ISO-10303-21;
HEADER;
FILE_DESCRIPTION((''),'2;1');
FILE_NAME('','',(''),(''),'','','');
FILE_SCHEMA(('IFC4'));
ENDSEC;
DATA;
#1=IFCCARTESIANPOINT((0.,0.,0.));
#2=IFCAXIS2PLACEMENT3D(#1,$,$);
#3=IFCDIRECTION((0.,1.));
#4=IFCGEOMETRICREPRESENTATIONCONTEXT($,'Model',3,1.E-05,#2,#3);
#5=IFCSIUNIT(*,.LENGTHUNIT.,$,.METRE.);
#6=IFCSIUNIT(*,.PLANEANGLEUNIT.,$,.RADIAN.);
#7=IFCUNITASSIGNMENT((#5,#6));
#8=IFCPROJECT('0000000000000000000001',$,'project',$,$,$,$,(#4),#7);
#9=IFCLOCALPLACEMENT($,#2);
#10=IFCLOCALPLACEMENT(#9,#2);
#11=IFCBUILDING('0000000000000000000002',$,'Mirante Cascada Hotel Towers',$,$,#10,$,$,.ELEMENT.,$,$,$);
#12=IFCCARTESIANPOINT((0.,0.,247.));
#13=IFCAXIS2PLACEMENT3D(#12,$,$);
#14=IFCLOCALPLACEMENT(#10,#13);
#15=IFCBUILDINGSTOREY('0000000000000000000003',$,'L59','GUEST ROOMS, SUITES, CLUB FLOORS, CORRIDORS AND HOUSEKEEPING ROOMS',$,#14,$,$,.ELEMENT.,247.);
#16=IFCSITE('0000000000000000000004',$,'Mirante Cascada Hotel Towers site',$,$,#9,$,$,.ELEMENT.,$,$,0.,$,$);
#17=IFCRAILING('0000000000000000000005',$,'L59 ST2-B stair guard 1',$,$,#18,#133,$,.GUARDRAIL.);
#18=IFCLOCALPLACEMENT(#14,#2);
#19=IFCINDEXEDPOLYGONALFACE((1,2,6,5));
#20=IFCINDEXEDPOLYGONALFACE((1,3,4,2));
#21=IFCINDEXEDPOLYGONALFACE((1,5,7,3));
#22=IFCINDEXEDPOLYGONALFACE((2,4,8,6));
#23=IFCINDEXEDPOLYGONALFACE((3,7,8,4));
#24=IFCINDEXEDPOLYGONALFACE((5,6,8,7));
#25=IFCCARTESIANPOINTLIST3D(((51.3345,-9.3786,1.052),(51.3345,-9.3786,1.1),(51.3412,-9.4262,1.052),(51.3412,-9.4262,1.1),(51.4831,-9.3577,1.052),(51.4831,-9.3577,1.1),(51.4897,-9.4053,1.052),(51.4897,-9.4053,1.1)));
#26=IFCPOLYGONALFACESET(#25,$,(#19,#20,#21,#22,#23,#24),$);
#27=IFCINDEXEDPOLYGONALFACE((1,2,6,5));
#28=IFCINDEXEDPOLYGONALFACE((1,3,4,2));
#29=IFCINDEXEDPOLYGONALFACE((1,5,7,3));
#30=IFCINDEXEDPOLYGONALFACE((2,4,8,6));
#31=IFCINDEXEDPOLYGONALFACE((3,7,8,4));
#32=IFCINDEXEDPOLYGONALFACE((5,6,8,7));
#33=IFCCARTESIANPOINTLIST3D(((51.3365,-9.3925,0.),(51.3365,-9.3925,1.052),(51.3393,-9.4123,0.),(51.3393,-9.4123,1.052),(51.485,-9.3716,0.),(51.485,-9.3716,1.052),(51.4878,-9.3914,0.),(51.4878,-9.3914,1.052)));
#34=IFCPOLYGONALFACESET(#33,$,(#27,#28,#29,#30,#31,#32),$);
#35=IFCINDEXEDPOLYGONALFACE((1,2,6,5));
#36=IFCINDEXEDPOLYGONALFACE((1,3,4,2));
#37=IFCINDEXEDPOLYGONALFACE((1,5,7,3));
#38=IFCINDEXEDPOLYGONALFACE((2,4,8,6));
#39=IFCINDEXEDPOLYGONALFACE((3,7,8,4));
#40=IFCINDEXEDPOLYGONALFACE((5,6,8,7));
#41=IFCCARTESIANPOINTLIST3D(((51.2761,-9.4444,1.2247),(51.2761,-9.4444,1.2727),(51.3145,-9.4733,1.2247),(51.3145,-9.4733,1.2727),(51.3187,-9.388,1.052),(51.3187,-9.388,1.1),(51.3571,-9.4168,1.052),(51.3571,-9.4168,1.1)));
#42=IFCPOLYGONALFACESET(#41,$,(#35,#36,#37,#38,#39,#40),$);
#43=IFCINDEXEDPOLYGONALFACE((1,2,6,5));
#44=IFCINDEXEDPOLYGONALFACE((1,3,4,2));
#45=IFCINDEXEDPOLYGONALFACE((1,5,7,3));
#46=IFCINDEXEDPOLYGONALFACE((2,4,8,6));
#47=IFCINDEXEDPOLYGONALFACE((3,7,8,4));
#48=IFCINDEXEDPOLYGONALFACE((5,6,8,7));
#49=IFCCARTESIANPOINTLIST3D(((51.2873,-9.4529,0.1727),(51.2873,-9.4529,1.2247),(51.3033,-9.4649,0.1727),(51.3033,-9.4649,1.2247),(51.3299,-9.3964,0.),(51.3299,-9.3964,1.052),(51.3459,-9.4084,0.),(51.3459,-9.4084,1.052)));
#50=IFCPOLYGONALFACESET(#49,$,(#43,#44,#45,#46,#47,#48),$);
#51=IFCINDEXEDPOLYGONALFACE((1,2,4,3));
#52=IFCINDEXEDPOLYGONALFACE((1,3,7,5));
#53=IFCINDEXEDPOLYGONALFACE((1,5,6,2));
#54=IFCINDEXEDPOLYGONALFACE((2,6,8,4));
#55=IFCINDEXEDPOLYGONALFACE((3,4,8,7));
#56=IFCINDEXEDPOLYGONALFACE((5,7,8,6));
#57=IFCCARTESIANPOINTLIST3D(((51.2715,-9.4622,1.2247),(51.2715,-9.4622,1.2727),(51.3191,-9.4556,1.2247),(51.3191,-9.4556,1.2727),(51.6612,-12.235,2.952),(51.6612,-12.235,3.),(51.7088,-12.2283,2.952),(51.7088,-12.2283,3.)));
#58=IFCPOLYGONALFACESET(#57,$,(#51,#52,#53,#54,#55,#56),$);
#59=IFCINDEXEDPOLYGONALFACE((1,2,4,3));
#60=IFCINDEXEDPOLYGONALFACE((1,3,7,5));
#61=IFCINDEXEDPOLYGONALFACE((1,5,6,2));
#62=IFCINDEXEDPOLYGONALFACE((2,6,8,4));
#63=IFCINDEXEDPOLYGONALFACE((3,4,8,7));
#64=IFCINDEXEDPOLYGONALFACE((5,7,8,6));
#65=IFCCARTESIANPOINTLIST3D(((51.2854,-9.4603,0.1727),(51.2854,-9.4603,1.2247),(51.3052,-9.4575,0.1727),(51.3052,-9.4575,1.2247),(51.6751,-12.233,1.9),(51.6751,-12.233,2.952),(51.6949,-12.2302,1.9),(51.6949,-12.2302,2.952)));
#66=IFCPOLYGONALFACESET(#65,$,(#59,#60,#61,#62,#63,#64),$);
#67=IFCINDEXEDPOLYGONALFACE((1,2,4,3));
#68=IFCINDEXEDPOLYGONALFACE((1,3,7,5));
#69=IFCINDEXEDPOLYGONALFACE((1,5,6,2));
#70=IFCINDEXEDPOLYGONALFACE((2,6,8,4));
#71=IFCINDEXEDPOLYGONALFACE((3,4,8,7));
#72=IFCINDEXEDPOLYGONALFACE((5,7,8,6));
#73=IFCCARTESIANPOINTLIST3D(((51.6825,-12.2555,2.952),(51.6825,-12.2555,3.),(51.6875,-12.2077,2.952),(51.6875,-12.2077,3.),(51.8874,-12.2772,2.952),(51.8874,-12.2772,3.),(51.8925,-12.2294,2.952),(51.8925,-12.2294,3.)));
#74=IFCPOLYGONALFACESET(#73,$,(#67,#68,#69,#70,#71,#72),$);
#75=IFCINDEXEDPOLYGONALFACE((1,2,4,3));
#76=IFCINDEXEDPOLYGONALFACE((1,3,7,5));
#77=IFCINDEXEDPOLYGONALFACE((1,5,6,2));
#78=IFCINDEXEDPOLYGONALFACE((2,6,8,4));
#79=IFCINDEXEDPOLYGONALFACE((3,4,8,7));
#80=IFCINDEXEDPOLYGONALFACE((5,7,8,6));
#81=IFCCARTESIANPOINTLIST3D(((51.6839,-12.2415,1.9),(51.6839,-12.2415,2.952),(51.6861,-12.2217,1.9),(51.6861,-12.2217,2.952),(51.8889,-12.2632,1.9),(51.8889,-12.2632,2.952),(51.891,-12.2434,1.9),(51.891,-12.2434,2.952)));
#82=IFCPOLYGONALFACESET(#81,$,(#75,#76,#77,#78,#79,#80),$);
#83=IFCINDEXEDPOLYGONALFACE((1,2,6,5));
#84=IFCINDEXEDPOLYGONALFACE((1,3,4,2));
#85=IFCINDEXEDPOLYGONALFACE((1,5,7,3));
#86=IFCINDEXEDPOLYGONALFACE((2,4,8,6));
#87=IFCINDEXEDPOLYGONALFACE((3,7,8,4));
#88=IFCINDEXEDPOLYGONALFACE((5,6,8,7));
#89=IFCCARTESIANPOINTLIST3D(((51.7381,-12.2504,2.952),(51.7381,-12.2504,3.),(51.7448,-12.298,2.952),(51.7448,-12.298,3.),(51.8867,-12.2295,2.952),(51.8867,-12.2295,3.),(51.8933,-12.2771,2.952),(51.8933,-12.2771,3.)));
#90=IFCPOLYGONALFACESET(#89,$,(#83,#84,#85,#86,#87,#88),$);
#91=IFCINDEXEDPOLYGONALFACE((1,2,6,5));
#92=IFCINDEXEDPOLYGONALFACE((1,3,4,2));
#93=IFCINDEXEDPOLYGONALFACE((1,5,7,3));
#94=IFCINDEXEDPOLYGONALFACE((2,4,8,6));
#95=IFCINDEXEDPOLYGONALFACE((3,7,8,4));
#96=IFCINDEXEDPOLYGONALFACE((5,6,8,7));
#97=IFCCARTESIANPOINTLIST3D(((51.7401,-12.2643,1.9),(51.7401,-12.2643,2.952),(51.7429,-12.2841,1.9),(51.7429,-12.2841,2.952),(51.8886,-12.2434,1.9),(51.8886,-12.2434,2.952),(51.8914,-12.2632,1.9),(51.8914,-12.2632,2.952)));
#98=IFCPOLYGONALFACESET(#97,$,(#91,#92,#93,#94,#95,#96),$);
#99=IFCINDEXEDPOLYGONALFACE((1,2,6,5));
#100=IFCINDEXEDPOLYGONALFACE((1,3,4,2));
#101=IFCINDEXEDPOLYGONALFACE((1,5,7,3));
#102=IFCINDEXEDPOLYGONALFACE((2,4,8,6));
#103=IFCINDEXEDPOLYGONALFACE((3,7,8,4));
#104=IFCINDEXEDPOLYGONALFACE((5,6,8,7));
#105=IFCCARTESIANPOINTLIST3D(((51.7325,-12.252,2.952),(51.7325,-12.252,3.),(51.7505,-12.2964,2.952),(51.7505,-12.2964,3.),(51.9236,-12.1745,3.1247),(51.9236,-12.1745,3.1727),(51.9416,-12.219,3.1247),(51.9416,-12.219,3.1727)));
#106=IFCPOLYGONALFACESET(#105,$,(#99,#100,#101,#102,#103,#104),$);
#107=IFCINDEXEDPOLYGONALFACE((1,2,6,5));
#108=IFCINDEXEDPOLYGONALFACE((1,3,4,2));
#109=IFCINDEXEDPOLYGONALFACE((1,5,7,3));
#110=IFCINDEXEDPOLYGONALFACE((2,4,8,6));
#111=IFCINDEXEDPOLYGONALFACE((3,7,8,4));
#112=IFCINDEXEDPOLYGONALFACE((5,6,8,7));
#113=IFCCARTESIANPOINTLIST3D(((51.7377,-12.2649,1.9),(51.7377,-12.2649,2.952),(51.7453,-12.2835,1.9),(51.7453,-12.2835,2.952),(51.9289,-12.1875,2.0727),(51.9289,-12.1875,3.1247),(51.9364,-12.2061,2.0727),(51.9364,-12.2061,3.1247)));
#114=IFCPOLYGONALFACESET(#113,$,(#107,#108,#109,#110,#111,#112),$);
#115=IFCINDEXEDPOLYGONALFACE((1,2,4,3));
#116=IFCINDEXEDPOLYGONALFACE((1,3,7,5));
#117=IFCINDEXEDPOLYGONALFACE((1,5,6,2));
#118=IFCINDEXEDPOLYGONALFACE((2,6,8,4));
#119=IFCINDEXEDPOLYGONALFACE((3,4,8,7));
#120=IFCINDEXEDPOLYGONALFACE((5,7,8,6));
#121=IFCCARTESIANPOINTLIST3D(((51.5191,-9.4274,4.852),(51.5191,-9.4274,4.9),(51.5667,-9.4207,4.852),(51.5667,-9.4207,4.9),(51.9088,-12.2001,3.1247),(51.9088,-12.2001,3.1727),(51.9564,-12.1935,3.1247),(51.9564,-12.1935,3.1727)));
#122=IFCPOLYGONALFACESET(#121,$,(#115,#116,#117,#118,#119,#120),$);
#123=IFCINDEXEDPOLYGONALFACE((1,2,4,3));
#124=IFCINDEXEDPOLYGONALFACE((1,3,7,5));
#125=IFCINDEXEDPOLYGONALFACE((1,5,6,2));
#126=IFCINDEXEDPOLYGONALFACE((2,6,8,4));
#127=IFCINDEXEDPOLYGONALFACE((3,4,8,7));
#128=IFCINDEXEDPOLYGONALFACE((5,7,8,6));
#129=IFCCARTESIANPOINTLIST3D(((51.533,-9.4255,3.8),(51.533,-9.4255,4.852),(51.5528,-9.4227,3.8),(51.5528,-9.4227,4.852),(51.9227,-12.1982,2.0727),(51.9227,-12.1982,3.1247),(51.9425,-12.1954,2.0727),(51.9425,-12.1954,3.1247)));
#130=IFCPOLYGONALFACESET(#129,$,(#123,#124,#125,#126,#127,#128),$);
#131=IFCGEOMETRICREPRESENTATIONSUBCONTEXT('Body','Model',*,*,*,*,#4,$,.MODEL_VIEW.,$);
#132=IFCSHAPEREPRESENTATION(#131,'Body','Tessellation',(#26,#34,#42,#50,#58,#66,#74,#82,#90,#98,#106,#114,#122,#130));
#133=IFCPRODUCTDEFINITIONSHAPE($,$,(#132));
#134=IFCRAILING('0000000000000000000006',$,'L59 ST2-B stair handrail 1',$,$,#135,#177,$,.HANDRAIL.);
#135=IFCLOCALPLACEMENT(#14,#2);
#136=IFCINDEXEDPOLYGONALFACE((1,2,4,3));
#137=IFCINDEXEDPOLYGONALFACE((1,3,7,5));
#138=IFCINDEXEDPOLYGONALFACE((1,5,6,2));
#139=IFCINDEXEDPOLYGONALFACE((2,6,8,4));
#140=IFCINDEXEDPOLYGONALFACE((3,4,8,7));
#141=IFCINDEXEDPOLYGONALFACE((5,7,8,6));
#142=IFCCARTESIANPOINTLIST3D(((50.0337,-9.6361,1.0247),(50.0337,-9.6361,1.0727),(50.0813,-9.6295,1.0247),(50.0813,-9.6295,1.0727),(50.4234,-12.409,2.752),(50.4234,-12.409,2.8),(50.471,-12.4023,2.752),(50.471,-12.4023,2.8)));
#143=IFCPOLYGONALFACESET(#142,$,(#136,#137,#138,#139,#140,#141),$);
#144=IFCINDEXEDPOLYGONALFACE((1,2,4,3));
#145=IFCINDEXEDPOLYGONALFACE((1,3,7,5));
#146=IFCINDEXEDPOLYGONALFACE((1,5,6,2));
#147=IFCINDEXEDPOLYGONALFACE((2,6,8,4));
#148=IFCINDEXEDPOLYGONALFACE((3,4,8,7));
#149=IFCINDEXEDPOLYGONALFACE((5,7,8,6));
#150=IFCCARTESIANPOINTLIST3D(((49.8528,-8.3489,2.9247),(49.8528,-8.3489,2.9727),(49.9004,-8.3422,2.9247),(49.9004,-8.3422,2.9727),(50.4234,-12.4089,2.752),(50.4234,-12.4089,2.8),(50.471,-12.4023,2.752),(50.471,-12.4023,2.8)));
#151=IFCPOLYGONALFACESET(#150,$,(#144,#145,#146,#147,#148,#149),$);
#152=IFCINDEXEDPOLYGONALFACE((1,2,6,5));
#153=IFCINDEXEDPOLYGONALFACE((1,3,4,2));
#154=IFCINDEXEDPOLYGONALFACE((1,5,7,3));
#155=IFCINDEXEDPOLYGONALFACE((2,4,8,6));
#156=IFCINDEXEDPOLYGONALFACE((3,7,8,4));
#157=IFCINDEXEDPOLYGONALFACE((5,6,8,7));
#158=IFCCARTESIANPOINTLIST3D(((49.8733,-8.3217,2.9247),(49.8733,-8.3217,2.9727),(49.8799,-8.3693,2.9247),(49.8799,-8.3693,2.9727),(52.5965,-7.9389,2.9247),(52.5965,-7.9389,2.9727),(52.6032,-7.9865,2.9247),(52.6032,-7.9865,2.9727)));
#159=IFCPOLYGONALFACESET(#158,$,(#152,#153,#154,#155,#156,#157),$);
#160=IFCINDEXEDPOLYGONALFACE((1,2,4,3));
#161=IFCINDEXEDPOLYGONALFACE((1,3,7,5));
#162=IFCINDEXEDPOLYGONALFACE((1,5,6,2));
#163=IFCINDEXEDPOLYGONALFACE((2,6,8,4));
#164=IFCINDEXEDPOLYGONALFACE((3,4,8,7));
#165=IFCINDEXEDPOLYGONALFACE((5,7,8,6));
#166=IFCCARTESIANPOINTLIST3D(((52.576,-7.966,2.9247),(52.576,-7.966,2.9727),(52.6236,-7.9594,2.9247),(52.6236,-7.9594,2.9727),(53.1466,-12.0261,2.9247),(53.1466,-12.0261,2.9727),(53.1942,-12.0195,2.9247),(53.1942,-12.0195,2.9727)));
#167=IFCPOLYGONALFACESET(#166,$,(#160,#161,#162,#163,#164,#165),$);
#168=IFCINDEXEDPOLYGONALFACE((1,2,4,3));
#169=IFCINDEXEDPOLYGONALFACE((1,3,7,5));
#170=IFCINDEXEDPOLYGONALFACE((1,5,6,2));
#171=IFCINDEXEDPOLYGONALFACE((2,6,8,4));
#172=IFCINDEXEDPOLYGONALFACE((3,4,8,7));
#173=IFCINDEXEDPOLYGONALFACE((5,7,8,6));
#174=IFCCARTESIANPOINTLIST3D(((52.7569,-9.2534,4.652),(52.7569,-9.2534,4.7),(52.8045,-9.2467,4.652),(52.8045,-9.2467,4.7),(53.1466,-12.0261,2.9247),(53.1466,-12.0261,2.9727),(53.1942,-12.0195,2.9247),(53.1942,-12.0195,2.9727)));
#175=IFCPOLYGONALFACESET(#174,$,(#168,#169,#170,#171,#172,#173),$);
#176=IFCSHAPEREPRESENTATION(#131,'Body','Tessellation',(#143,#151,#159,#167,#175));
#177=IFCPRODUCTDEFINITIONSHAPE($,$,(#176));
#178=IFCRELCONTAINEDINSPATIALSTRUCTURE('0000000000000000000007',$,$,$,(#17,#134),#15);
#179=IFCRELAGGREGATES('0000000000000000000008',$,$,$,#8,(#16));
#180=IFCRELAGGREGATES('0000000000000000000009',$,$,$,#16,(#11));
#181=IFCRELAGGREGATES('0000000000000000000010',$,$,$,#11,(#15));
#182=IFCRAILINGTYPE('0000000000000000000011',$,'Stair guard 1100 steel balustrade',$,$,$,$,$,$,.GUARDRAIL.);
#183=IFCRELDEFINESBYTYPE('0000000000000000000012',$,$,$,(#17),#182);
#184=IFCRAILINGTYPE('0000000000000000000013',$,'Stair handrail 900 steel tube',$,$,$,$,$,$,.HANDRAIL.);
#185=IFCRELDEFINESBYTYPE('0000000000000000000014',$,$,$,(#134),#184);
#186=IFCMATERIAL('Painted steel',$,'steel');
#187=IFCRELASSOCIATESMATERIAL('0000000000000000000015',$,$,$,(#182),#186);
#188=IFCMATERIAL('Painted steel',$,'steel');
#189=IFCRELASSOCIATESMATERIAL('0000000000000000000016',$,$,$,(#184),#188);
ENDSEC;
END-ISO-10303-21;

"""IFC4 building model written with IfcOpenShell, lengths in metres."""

from ifc_helpers import new_model, si_unit, direction, frame, origin, origin_2d, place, context, subcontext, project, spatial, rectangle, extrude, material, type_object, element, save


model = new_model("IFC4")

# Units and contexts
model_context = context("Model", 3, precision=1e-05, world=origin(), true_north=direction((0.0, 1.0)))
body_context = subcontext(model_context, "Body", "Model", "MODEL_VIEW")
ifc_project = project(units=[si_unit("LENGTHUNIT", "METRE"), si_unit("PLANEANGLEUNIT", "RADIAN")], contexts=[model_context])

# Site, building, storey
site_placement = place(None, origin())
site = spatial("IfcSite", under=ifc_project, at=site_placement, Name="Mirante Cascada Hotel Towers site", CompositionType="ELEMENT", RefElevation=0.0)
building_placement = place(site_placement, origin())
building = spatial("IfcBuilding", under=site, at=building_placement, Name="Mirante Cascada Hotel Towers", CompositionType="ELEMENT")
storey_placement = place(building_placement, frame((0.0, 0.0, 247.0)))
storey = spatial("IfcBuildingStorey", under=building, at=storey_placement, Name="L59", Description="GUEST ROOMS, SUITES, CLUB FLOORS, CORRIDORS AND HOUSEKEEPING ROOMS", CompositionType="ELEMENT", Elevation=247.0)

# Railings
ifc_material_1 = material(Name="Painted steel", Category="steel")
railing_type_1 = type_object("IfcRailingType", Name="Stair guard 1100 steel balustrade", PredefinedType="GUARDRAIL", material=ifc_material_1)
railing_1_placement = place(storey_placement, frame((51.4864, -9.3815, 0.0)))
element("IfcRailing", 1, at=railing_1_placement, inside=storey, type_object=railing_type_1, Name="L59 ST2-B stair guard 1", PredefinedType="GUARDRAIL", context=body_context, shape_type="SweptSolid", body=[
    extrude(rectangle(XDim=0.048, YDim=0.048, at=origin_2d()), frame((0.0, 0.0, 1.076), z_axis=(-0.990241, -0.139367, 0.0), x_axis=(0.139367, -0.990241, 0.0)), (0.0, 0.0, 1.0), 0.15),
    extrude(rectangle(XDim=0.02, YDim=1.052, at=origin_2d()), frame((0.0, 0.0, 0.526), z_axis=(-0.990241, -0.139367, 0.0), x_axis=(0.139367, -0.990241, 0.0)), (0.0, 0.0, 1.0), 0.15),
    extrude(rectangle(XDim=0.048, YDim=0.048, at=origin_2d()), frame((-0.1485, -0.0209, 1.076), z_axis=(-0.602033, -0.798471, 0.0), x_axis=(0.798471, -0.602033, 0.0)), (0.0, 0.92534, 0.379139), 0.1866),
    extrude(rectangle(XDim=0.02, YDim=1.052, at=origin_2d()), frame((-0.1485, -0.0209, 0.526), z_axis=(-0.602033, -0.798471, 0.0), x_axis=(0.798471, -0.602033, 0.0)), (0.0, 0.92534, 0.379139), 0.1866),
    extrude(rectangle(XDim=0.048, YDim=0.048, at=origin_2d()), frame((-0.1911, -0.0774, 1.2487), z_axis=(0.139181, -0.990267, 0.0), x_axis=(0.990267, 0.139181, 0.0)), (0.0, 0.525035, 0.851081), 3.2899),
    extrude(rectangle(XDim=0.02, YDim=1.052, at=origin_2d()), frame((-0.1911, -0.0774, 0.6987), z_axis=(0.139181, -0.990267, 0.0), x_axis=(0.990267, 0.139181, 0.0)), (0.0, 0.525035, 0.851081), 3.2899),
    extrude(rectangle(XDim=0.048, YDim=0.048, at=origin_2d()), frame((0.1986, -2.8501, 2.976), z_axis=(0.994444, -0.105266, 0.0), x_axis=(0.105266, 0.994444, 0.0)), (0.0, 0.0, 1.0), 0.2061),
    extrude(rectangle(XDim=0.02, YDim=1.052, at=origin_2d()), frame((0.1986, -2.8501, 2.426), z_axis=(0.994444, -0.105266, 0.0), x_axis=(0.105266, 0.994444, 0.0)), (0.0, 0.0, 1.0), 0.2061),
    extrude(rectangle(XDim=0.048, YDim=0.048, at=origin_2d()), frame((0.4036, -2.8718, 2.976), z_axis=(-0.990241, -0.139367, 0.0), x_axis=(0.139367, -0.990241, 0.0)), (0.0, 0.0, 1.0), 0.15),
    extrude(rectangle(XDim=0.02, YDim=1.052, at=origin_2d()), frame((0.4036, -2.8718, 2.426), z_axis=(-0.990241, -0.139367, 0.0), x_axis=(0.139367, -0.990241, 0.0)), (0.0, 0.0, 1.0), 0.15),
    extrude(rectangle(XDim=0.048, YDim=0.048, at=origin_2d()), frame((0.2551, -2.8927, 2.976), z_axis=(0.926862, 0.375401, 0.0), x_axis=(-0.375401, 0.926862, 0.0)), (0.0, 0.642122, 0.766603), 0.269),
    extrude(rectangle(XDim=0.02, YDim=1.052, at=origin_2d()), frame((0.2551, -2.8927, 2.426), z_axis=(0.926862, 0.375401, 0.0), x_axis=(-0.375401, 0.926862, 0.0)), (0.0, 0.642122, 0.766603), 0.269),
    extrude(rectangle(XDim=0.048, YDim=0.048, at=origin_2d()), frame((0.4462, -2.8153, 3.1487), z_axis=(-0.139181, 0.990267, 0.0), x_axis=(-0.990267, -0.139181, 0.0)), (0.0, 0.525035, 0.851081), 3.2899),
    extrude(rectangle(XDim=0.02, YDim=1.052, at=origin_2d()), frame((0.4462, -2.8153, 2.5987), z_axis=(-0.139181, 0.990267, 0.0), x_axis=(-0.990267, -0.139181, 0.0)), (0.0, 0.525035, 0.851081), 3.2899),
])
ifc_material_2 = material(Name="Painted steel", Category="steel")
railing_type_2 = type_object("IfcRailingType", Name="Stair handrail 900 steel tube", PredefinedType="HANDRAIL", material=ifc_material_2)
railing_2_placement = place(storey_placement, frame((50.0575, -9.6328, 0.1727)))
element("IfcRailing", 2, at=railing_2_placement, inside=storey, type_object=railing_type_2, Name="L59 ST2-B stair handrail 1", PredefinedType="HANDRAIL", context=body_context, shape_type="SweptSolid", body=[
    extrude(rectangle(XDim=0.048, YDim=0.048, at=origin_2d()), frame((0.0, 0.0, 0.876), z_axis=(0.139176, -0.990268, 0.0), x_axis=(0.990268, 0.139176, 0.0)), (0.0, 0.525021, 0.851089), 3.29),
    extrude(rectangle(XDim=0.048, YDim=0.048, at=origin_2d()), frame((0.3897, -2.7728, 2.6033), z_axis=(-0.139171, 0.990268, 0.0), x_axis=(-0.990268, -0.139171, 0.0)), (0.0, 0.042085, 0.999114), 4.1036),
    extrude(rectangle(XDim=0.048, YDim=0.048, at=origin_2d()), frame((-0.1809, 1.2873, 2.776), z_axis=(0.990264, 0.139201, 0.0), x_axis=(-0.139201, 0.990264, 0.0)), (0.0, 0.0, 1.0), 2.75),
    extrude(rectangle(XDim=0.048, YDim=0.048, at=origin_2d()), frame((2.5423, 1.6701, 2.776), z_axis=(0.139171, -0.990268, 0.0), x_axis=(0.990268, 0.139171, 0.0)), (0.0, 0.0, 1.0), 4.1),
    extrude(rectangle(XDim=0.048, YDim=0.048, at=origin_2d()), frame((3.1129, -2.39, 2.776), z_axis=(-0.139181, 0.990267, 0.0), x_axis=(-0.990267, -0.139181, 0.0)), (0.0, 0.525035, 0.851081), 3.2899),
])

save(model, "model.ifc")
